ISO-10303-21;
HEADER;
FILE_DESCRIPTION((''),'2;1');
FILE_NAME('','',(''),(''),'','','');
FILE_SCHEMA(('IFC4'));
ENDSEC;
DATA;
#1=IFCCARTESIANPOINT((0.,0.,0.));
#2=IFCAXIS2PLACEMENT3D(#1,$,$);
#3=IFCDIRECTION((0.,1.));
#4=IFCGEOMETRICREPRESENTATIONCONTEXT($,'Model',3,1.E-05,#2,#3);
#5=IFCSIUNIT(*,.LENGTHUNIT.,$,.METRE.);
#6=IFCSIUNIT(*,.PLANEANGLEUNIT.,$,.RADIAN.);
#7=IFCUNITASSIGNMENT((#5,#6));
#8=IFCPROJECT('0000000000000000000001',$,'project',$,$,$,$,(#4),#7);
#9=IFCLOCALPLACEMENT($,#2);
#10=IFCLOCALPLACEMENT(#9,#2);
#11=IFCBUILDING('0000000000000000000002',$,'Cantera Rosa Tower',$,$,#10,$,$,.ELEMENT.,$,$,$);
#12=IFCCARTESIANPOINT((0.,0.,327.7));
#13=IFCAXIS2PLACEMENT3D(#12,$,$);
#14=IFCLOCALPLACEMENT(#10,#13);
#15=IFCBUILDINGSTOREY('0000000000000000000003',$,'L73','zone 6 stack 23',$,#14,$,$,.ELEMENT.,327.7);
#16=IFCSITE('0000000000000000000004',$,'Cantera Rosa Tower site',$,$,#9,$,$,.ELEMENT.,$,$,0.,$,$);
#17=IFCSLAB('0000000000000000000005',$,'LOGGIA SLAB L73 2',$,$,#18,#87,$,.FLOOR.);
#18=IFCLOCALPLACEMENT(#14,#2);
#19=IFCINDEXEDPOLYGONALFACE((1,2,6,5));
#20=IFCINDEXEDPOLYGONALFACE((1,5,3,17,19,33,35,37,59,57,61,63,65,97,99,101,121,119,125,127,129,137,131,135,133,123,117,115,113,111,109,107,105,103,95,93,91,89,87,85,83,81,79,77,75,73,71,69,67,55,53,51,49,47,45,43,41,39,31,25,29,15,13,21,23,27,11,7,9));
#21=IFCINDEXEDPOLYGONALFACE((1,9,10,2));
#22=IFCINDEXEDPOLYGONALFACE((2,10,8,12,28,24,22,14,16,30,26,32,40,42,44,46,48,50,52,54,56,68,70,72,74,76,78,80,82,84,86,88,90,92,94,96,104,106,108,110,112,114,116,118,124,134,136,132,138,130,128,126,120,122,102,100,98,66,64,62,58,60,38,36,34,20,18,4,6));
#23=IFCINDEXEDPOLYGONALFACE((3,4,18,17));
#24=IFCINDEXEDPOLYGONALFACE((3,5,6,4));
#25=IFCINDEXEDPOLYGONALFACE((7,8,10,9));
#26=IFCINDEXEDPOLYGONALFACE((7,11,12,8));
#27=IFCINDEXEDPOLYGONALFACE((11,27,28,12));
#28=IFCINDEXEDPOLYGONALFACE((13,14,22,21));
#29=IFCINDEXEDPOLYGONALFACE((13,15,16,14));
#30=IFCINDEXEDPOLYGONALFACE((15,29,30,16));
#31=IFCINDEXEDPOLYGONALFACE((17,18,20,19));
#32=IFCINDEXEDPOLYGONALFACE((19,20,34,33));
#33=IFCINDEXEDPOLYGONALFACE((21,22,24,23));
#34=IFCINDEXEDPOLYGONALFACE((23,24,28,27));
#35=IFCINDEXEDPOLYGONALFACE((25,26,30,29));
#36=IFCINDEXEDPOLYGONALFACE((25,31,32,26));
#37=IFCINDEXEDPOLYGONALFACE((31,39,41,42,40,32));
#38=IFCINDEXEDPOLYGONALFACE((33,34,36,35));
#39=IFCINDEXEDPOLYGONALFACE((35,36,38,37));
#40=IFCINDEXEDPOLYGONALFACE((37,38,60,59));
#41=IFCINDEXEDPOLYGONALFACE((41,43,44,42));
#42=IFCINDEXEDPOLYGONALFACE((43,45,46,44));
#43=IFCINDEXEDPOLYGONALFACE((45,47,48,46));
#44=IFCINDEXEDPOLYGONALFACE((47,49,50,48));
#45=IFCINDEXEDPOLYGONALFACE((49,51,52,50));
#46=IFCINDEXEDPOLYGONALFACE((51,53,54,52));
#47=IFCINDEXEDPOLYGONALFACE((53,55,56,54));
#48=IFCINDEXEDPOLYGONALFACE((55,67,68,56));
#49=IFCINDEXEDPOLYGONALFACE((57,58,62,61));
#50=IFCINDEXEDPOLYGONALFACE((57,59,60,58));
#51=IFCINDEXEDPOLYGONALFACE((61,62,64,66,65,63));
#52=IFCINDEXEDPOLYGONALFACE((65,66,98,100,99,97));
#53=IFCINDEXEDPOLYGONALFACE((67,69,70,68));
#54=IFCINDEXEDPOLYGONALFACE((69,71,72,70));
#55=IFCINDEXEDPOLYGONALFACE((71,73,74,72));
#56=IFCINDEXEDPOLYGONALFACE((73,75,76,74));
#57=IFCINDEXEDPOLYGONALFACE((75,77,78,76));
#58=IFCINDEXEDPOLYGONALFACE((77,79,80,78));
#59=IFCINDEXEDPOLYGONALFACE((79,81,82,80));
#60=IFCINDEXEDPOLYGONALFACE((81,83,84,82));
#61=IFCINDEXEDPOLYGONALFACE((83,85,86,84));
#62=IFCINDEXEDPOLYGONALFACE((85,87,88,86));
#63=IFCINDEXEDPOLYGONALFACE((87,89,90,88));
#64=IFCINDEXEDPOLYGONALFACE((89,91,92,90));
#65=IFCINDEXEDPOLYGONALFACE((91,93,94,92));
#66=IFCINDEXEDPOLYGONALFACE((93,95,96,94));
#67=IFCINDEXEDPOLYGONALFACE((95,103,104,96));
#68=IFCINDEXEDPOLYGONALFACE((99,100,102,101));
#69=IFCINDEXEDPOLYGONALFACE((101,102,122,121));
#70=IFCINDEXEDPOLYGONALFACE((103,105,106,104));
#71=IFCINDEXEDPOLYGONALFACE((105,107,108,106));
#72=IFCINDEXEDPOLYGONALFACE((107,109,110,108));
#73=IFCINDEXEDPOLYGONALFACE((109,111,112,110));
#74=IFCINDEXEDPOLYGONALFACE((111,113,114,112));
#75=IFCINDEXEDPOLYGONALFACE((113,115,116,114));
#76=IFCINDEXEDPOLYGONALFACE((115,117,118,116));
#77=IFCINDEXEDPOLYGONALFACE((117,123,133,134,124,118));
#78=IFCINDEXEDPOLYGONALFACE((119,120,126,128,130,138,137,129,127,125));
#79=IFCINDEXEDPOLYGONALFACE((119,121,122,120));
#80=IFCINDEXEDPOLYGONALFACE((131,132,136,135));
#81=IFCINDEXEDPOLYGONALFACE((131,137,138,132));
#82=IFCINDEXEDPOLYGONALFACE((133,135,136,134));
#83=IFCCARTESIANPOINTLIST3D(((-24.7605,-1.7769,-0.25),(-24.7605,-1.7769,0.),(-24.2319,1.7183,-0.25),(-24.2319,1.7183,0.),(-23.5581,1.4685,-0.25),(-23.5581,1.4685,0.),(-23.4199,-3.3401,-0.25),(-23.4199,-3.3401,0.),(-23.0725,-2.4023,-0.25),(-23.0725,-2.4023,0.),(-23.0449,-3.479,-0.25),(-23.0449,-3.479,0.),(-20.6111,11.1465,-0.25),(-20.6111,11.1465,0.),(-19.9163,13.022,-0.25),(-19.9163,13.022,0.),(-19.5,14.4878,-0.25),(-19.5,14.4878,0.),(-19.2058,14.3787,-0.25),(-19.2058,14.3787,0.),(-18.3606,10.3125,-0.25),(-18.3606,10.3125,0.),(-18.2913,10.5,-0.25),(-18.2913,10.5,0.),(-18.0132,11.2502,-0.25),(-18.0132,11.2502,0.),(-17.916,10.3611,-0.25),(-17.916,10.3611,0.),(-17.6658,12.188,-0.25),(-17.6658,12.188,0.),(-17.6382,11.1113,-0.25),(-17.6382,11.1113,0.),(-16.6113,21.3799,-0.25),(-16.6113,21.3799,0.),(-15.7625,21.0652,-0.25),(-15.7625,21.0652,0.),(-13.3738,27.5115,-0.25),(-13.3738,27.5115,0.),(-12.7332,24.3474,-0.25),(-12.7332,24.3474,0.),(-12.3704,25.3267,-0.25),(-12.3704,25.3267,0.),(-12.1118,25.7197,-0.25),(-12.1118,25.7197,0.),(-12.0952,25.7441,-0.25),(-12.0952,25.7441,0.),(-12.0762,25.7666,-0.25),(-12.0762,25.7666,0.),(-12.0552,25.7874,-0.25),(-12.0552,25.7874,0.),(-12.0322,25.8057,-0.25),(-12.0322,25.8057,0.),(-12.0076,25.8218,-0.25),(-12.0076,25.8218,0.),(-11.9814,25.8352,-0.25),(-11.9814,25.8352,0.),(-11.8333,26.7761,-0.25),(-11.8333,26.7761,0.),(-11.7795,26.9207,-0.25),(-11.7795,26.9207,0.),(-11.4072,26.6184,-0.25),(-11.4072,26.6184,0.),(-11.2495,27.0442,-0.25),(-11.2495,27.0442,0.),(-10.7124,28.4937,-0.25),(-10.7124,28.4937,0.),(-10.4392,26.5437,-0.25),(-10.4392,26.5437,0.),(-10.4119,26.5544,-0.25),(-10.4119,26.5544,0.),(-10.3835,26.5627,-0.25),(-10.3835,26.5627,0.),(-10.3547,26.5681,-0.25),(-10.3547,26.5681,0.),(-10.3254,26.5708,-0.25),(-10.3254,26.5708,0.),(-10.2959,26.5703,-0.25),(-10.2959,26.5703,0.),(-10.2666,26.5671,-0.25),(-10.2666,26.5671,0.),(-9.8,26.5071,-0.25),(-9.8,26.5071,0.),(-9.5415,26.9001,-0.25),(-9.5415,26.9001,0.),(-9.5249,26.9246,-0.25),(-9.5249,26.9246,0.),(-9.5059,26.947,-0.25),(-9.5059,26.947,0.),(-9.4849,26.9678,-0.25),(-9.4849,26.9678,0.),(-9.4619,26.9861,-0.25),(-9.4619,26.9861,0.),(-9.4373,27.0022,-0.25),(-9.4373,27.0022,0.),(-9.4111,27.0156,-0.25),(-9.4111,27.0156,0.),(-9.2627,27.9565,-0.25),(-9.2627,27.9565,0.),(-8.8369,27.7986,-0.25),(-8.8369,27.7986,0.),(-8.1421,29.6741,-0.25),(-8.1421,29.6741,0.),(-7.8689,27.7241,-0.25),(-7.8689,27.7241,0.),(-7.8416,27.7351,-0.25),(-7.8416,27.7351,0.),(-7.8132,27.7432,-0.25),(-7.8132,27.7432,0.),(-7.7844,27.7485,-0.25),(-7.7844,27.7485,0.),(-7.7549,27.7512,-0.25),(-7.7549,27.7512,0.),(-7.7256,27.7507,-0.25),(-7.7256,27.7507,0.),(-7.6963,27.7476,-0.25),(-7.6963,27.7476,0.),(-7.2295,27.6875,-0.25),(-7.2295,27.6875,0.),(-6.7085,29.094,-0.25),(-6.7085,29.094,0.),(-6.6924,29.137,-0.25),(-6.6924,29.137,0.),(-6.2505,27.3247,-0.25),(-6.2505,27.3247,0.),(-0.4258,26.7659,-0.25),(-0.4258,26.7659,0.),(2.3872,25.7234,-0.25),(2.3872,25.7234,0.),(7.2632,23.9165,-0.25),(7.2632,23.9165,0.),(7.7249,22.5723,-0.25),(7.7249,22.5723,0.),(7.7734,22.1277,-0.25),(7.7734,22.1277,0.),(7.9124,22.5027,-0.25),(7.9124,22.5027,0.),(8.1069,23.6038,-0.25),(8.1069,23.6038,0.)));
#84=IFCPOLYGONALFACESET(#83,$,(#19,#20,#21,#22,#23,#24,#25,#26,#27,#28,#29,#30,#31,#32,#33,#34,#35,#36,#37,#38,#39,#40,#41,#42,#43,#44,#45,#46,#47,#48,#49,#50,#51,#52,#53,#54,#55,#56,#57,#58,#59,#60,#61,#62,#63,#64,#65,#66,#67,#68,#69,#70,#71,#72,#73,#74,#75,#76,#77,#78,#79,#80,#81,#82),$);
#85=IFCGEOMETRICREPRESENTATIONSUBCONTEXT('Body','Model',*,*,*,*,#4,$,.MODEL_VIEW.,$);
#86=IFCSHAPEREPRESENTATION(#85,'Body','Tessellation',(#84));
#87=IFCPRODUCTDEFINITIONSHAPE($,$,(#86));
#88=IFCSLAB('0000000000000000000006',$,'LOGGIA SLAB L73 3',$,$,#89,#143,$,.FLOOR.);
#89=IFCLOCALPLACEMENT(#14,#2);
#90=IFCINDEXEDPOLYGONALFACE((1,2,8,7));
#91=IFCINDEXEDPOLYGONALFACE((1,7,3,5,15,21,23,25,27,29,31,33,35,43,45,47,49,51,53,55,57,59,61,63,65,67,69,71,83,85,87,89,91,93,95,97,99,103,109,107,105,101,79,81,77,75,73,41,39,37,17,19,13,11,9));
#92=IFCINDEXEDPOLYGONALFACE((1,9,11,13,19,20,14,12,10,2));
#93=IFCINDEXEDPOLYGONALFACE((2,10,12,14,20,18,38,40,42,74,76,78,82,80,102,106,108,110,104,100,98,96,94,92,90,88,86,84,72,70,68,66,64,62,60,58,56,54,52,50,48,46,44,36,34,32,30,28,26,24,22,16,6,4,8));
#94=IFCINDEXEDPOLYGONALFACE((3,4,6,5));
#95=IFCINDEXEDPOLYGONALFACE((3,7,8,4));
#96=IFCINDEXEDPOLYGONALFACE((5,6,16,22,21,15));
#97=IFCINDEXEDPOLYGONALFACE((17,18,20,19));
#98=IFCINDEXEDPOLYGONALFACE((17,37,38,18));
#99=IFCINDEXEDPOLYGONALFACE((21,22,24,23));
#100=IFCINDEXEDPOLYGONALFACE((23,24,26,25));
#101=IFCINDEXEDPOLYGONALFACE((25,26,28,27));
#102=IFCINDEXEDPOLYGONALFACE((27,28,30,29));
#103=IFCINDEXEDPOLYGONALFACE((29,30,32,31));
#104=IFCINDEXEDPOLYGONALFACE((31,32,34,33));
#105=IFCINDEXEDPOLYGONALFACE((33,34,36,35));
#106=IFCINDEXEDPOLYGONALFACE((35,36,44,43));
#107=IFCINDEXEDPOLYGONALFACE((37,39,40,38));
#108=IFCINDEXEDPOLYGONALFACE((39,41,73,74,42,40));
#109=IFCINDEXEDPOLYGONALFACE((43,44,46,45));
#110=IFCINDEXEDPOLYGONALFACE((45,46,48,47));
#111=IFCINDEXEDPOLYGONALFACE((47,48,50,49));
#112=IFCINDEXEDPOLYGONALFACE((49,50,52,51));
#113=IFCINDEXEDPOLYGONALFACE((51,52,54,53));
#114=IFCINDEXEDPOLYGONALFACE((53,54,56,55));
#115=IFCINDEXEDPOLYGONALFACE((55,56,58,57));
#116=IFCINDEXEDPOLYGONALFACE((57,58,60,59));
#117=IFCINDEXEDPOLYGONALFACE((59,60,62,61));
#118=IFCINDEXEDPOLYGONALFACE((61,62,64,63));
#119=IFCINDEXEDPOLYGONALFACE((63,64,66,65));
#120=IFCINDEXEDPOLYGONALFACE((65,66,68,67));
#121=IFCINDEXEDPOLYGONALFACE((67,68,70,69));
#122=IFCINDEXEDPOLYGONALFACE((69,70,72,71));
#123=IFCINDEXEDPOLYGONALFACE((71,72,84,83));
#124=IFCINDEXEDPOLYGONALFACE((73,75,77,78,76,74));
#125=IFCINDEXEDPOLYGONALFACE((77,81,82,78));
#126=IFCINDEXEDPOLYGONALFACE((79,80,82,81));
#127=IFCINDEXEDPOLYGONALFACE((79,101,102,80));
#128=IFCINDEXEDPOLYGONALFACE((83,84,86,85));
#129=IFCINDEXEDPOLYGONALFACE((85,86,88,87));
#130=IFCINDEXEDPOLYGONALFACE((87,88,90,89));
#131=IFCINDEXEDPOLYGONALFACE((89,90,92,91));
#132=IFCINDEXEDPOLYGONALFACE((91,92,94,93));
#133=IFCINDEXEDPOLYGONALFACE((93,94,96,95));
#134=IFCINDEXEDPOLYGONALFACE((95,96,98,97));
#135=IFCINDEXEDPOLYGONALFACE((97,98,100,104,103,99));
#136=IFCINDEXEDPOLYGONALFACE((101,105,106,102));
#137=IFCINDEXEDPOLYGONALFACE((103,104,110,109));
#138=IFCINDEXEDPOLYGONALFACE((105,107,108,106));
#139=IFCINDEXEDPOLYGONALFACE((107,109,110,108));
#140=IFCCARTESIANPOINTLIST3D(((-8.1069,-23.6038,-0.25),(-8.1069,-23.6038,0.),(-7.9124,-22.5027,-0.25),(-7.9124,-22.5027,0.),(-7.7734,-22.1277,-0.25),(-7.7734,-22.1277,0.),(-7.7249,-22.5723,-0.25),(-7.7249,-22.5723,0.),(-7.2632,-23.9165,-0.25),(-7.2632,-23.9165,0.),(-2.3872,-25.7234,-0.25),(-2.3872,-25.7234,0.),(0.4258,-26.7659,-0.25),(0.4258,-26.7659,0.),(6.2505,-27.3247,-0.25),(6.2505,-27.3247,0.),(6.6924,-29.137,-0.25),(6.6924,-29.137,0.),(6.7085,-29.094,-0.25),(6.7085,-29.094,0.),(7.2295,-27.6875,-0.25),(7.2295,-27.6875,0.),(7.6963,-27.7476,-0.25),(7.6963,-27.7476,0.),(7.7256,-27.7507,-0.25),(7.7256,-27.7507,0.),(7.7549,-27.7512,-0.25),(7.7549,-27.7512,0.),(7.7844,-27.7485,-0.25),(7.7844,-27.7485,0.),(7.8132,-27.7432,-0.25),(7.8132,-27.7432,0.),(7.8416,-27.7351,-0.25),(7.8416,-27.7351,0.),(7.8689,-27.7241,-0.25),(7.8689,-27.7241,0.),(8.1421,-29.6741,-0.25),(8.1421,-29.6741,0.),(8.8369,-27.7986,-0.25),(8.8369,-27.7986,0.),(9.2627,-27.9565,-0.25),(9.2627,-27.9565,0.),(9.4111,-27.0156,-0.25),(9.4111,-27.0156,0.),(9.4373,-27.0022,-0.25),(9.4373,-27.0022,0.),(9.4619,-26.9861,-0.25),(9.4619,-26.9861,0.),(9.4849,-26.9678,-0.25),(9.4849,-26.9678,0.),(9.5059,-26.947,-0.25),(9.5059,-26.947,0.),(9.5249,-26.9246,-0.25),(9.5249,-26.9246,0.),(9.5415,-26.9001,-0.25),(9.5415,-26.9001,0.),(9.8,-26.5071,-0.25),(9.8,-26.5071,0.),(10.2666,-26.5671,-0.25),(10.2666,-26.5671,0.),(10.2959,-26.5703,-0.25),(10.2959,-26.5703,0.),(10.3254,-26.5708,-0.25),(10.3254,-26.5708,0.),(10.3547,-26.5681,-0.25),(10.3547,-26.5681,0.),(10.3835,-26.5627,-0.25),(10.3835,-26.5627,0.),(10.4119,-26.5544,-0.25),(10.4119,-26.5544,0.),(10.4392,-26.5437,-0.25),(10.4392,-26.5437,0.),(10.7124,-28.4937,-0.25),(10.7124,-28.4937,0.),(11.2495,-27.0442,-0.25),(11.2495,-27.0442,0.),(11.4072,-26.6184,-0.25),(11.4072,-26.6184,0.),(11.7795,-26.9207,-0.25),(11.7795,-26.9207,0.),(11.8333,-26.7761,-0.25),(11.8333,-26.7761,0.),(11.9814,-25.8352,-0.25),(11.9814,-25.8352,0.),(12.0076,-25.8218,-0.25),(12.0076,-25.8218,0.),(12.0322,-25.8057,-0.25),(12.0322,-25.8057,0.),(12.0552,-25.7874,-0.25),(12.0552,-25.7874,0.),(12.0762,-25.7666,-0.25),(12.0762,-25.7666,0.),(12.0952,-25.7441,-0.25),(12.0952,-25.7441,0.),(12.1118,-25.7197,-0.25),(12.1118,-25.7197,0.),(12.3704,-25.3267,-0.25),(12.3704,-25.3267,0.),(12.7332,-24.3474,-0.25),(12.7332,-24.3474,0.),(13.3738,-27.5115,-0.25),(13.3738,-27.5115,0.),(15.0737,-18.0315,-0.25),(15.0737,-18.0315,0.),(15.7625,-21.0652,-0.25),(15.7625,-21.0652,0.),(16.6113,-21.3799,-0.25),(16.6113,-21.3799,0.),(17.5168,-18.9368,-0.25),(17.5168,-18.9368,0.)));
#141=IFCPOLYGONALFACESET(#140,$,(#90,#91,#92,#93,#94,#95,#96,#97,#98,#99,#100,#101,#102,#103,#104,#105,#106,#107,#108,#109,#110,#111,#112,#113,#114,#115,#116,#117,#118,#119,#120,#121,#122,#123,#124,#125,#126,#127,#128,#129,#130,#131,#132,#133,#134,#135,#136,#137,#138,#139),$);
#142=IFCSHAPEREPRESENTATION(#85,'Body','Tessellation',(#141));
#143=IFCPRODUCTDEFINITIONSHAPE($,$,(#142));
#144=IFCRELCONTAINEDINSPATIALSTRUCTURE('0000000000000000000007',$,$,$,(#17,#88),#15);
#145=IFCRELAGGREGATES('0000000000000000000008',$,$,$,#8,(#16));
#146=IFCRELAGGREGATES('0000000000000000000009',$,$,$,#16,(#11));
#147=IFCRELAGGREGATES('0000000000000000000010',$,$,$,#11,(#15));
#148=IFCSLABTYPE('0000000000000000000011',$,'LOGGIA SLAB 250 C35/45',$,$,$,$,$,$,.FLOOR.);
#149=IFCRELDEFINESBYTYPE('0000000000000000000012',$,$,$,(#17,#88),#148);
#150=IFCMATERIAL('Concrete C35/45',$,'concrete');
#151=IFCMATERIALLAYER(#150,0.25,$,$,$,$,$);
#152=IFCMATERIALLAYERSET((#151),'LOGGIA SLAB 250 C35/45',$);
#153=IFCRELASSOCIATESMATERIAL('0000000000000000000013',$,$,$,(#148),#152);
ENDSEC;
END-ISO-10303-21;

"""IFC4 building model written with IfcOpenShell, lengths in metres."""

from ifc_helpers import new_model, si_unit, direction, frame, origin, place, context, subcontext, project, spatial, polyline, outline, extrude, material, layer, layer_set, type_object, element, save


model = new_model("IFC4")

# Units and contexts
model_context = context("Model", 3, precision=1e-05, world=origin(), true_north=direction((0.0, 1.0)))
body_context = subcontext(model_context, "Body", "Model", "MODEL_VIEW")
ifc_project = project(units=[si_unit("LENGTHUNIT", "METRE"), si_unit("PLANEANGLEUNIT", "RADIAN")], contexts=[model_context])

# Site, building, storey
site_placement = place(None, origin())
site = spatial("IfcSite", under=ifc_project, at=site_placement, Name="Cantera Rosa Tower site", CompositionType="ELEMENT", RefElevation=0.0)
building_placement = place(site_placement, origin())
building = spatial("IfcBuilding", under=site, at=building_placement, Name="Cantera Rosa Tower", CompositionType="ELEMENT")
storey_placement = place(building_placement, frame((0.0, 0.0, 327.7)))
storey = spatial("IfcBuildingStorey", under=building, at=storey_placement, Name="L73", Description="zone 6 stack 23", CompositionType="ELEMENT", Elevation=327.7)

# Slabs
ifc_material_1 = material(Name="Concrete C35/45", Category="concrete")
ifc_layer_1 = layer(ifc_material_1, 0.25)
ifc_layer_set_1 = layer_set([ifc_layer_1], Name="LOGGIA SLAB 250 C35/45")
slab_type_1 = type_object("IfcSlabType", Name="LOGGIA SLAB 250 C35/45", PredefinedType="FLOOR", material=ifc_layer_set_1)
slab_1_placement = place(storey_placement, frame((0.0, 0.0, -0.25)))
element("IfcSlab", 1, at=slab_1_placement, inside=storey, type_object=slab_type_1, Name="LOGGIA SLAB L73 2", PredefinedType="FLOOR", context=body_context, shape_type="SweptSolid", body=[
    extrude(outline(polyline([(-15.7625, 21.0652), (-13.3738, 27.5115), (-11.7795, 26.9207), (-11.8333, 26.7761), (-11.4072, 26.6184), (-11.2495, 27.0442), (-10.7124, 28.4937), (-9.2627, 27.9565), (-8.8369, 27.7986), (-8.1421, 29.6741), (-6.6924, 29.137), (-6.7085, 29.094), (-0.4258, 26.7659), (2.3872, 25.7234), (7.2632, 23.9165), (8.1069, 23.6038), (7.7249, 22.5723), (7.9124, 22.5027), (7.7734, 22.1277), (-6.2505, 27.3247), (-7.2295, 27.6875), (-7.6963, 27.7476), (-7.7256, 27.7507), (-7.7549, 27.7512), (-7.7844, 27.7485), (-7.8132, 27.7432), (-7.8416, 27.7351), (-7.8689, 27.7241), (-9.4111, 27.0156), (-9.4373, 27.0022), (-9.4619, 26.9861), (-9.4849, 26.9678), (-9.5059, 26.947), (-9.5249, 26.9246), (-9.5415, 26.9001), (-9.8, 26.5071), (-10.2666, 26.5671), (-10.2959, 26.5703), (-10.3254, 26.5708), (-10.3547, 26.5681), (-10.3835, 26.5627), (-10.4119, 26.5544), (-10.4392, 26.5437), (-11.9814, 25.8352), (-12.0076, 25.8218), (-12.0322, 25.8057), (-12.0552, 25.7874), (-12.0762, 25.7666), (-12.0952, 25.7441), (-12.1118, 25.7197), (-12.3704, 25.3267), (-12.7332, 24.3474), (-17.6382, 11.1113), (-18.0132, 11.2502), (-17.6658, 12.188), (-19.9163, 13.022), (-20.6111, 11.1465), (-18.3606, 10.3125), (-18.2913, 10.5), (-17.916, 10.3611), (-23.0449, -3.479), (-23.4199, -3.3401), (-23.0725, -2.4023), (-24.7605, -1.7769), (-23.5581, 1.4685), (-24.2319, 1.7183), (-19.5, 14.4878), (-19.2058, 14.3787), (-16.6113, 21.3799), (-15.7625, 21.0652)])), origin(), (0.0, 0.0, 1.0), 0.25),
])
slab_2_placement = place(storey_placement, frame((0.0, 0.0, -0.25)))
element("IfcSlab", 2, at=slab_2_placement, inside=storey, type_object=slab_type_1, Name="LOGGIA SLAB L73 3", PredefinedType="FLOOR", context=body_context, shape_type="SweptSolid", body=[
    extrude(outline(polyline([(11.4072, -26.6184), (11.2495, -27.0442), (10.7124, -28.4937), (9.2627, -27.9565), (8.8369, -27.7986), (8.1421, -29.6741), (6.6924, -29.137), (6.7085, -29.094), (0.4258, -26.7659), (-2.3872, -25.7234), (-7.2632, -23.9165), (-8.1069, -23.6038), (-7.7249, -22.5723), (-7.9124, -22.5027), (-7.7734, -22.1277), (6.2505, -27.3247), (7.2295, -27.6875), (7.6963, -27.7476), (7.7256, -27.7507), (7.7549, -27.7512), (7.7844, -27.7485), (7.8132, -27.7432), (7.8416, -27.7351), (7.8689, -27.7241), (9.4111, -27.0156), (9.4373, -27.0022), (9.4619, -26.9861), (9.4849, -26.9678), (9.5059, -26.947), (9.5249, -26.9246), (9.5415, -26.9001), (9.8, -26.5071), (10.2666, -26.5671), (10.2959, -26.5703), (10.3254, -26.5708), (10.3547, -26.5681), (10.3835, -26.5627), (10.4119, -26.5544), (10.4392, -26.5437), (11.9814, -25.8352), (12.0076, -25.8218), (12.0322, -25.8057), (12.0552, -25.7874), (12.0762, -25.7666), (12.0952, -25.7441), (12.1118, -25.7197), (12.3704, -25.3267), (12.7332, -24.3474), (15.0737, -18.0315), (17.5168, -18.9368), (16.6113, -21.3799), (15.7625, -21.0652), (13.3738, -27.5115), (11.7795, -26.9207), (11.8333, -26.7761), (11.4072, -26.6184)])), origin(), (0.0, 0.0, 1.0), 0.25),
])

save(model, "model.ifc")
